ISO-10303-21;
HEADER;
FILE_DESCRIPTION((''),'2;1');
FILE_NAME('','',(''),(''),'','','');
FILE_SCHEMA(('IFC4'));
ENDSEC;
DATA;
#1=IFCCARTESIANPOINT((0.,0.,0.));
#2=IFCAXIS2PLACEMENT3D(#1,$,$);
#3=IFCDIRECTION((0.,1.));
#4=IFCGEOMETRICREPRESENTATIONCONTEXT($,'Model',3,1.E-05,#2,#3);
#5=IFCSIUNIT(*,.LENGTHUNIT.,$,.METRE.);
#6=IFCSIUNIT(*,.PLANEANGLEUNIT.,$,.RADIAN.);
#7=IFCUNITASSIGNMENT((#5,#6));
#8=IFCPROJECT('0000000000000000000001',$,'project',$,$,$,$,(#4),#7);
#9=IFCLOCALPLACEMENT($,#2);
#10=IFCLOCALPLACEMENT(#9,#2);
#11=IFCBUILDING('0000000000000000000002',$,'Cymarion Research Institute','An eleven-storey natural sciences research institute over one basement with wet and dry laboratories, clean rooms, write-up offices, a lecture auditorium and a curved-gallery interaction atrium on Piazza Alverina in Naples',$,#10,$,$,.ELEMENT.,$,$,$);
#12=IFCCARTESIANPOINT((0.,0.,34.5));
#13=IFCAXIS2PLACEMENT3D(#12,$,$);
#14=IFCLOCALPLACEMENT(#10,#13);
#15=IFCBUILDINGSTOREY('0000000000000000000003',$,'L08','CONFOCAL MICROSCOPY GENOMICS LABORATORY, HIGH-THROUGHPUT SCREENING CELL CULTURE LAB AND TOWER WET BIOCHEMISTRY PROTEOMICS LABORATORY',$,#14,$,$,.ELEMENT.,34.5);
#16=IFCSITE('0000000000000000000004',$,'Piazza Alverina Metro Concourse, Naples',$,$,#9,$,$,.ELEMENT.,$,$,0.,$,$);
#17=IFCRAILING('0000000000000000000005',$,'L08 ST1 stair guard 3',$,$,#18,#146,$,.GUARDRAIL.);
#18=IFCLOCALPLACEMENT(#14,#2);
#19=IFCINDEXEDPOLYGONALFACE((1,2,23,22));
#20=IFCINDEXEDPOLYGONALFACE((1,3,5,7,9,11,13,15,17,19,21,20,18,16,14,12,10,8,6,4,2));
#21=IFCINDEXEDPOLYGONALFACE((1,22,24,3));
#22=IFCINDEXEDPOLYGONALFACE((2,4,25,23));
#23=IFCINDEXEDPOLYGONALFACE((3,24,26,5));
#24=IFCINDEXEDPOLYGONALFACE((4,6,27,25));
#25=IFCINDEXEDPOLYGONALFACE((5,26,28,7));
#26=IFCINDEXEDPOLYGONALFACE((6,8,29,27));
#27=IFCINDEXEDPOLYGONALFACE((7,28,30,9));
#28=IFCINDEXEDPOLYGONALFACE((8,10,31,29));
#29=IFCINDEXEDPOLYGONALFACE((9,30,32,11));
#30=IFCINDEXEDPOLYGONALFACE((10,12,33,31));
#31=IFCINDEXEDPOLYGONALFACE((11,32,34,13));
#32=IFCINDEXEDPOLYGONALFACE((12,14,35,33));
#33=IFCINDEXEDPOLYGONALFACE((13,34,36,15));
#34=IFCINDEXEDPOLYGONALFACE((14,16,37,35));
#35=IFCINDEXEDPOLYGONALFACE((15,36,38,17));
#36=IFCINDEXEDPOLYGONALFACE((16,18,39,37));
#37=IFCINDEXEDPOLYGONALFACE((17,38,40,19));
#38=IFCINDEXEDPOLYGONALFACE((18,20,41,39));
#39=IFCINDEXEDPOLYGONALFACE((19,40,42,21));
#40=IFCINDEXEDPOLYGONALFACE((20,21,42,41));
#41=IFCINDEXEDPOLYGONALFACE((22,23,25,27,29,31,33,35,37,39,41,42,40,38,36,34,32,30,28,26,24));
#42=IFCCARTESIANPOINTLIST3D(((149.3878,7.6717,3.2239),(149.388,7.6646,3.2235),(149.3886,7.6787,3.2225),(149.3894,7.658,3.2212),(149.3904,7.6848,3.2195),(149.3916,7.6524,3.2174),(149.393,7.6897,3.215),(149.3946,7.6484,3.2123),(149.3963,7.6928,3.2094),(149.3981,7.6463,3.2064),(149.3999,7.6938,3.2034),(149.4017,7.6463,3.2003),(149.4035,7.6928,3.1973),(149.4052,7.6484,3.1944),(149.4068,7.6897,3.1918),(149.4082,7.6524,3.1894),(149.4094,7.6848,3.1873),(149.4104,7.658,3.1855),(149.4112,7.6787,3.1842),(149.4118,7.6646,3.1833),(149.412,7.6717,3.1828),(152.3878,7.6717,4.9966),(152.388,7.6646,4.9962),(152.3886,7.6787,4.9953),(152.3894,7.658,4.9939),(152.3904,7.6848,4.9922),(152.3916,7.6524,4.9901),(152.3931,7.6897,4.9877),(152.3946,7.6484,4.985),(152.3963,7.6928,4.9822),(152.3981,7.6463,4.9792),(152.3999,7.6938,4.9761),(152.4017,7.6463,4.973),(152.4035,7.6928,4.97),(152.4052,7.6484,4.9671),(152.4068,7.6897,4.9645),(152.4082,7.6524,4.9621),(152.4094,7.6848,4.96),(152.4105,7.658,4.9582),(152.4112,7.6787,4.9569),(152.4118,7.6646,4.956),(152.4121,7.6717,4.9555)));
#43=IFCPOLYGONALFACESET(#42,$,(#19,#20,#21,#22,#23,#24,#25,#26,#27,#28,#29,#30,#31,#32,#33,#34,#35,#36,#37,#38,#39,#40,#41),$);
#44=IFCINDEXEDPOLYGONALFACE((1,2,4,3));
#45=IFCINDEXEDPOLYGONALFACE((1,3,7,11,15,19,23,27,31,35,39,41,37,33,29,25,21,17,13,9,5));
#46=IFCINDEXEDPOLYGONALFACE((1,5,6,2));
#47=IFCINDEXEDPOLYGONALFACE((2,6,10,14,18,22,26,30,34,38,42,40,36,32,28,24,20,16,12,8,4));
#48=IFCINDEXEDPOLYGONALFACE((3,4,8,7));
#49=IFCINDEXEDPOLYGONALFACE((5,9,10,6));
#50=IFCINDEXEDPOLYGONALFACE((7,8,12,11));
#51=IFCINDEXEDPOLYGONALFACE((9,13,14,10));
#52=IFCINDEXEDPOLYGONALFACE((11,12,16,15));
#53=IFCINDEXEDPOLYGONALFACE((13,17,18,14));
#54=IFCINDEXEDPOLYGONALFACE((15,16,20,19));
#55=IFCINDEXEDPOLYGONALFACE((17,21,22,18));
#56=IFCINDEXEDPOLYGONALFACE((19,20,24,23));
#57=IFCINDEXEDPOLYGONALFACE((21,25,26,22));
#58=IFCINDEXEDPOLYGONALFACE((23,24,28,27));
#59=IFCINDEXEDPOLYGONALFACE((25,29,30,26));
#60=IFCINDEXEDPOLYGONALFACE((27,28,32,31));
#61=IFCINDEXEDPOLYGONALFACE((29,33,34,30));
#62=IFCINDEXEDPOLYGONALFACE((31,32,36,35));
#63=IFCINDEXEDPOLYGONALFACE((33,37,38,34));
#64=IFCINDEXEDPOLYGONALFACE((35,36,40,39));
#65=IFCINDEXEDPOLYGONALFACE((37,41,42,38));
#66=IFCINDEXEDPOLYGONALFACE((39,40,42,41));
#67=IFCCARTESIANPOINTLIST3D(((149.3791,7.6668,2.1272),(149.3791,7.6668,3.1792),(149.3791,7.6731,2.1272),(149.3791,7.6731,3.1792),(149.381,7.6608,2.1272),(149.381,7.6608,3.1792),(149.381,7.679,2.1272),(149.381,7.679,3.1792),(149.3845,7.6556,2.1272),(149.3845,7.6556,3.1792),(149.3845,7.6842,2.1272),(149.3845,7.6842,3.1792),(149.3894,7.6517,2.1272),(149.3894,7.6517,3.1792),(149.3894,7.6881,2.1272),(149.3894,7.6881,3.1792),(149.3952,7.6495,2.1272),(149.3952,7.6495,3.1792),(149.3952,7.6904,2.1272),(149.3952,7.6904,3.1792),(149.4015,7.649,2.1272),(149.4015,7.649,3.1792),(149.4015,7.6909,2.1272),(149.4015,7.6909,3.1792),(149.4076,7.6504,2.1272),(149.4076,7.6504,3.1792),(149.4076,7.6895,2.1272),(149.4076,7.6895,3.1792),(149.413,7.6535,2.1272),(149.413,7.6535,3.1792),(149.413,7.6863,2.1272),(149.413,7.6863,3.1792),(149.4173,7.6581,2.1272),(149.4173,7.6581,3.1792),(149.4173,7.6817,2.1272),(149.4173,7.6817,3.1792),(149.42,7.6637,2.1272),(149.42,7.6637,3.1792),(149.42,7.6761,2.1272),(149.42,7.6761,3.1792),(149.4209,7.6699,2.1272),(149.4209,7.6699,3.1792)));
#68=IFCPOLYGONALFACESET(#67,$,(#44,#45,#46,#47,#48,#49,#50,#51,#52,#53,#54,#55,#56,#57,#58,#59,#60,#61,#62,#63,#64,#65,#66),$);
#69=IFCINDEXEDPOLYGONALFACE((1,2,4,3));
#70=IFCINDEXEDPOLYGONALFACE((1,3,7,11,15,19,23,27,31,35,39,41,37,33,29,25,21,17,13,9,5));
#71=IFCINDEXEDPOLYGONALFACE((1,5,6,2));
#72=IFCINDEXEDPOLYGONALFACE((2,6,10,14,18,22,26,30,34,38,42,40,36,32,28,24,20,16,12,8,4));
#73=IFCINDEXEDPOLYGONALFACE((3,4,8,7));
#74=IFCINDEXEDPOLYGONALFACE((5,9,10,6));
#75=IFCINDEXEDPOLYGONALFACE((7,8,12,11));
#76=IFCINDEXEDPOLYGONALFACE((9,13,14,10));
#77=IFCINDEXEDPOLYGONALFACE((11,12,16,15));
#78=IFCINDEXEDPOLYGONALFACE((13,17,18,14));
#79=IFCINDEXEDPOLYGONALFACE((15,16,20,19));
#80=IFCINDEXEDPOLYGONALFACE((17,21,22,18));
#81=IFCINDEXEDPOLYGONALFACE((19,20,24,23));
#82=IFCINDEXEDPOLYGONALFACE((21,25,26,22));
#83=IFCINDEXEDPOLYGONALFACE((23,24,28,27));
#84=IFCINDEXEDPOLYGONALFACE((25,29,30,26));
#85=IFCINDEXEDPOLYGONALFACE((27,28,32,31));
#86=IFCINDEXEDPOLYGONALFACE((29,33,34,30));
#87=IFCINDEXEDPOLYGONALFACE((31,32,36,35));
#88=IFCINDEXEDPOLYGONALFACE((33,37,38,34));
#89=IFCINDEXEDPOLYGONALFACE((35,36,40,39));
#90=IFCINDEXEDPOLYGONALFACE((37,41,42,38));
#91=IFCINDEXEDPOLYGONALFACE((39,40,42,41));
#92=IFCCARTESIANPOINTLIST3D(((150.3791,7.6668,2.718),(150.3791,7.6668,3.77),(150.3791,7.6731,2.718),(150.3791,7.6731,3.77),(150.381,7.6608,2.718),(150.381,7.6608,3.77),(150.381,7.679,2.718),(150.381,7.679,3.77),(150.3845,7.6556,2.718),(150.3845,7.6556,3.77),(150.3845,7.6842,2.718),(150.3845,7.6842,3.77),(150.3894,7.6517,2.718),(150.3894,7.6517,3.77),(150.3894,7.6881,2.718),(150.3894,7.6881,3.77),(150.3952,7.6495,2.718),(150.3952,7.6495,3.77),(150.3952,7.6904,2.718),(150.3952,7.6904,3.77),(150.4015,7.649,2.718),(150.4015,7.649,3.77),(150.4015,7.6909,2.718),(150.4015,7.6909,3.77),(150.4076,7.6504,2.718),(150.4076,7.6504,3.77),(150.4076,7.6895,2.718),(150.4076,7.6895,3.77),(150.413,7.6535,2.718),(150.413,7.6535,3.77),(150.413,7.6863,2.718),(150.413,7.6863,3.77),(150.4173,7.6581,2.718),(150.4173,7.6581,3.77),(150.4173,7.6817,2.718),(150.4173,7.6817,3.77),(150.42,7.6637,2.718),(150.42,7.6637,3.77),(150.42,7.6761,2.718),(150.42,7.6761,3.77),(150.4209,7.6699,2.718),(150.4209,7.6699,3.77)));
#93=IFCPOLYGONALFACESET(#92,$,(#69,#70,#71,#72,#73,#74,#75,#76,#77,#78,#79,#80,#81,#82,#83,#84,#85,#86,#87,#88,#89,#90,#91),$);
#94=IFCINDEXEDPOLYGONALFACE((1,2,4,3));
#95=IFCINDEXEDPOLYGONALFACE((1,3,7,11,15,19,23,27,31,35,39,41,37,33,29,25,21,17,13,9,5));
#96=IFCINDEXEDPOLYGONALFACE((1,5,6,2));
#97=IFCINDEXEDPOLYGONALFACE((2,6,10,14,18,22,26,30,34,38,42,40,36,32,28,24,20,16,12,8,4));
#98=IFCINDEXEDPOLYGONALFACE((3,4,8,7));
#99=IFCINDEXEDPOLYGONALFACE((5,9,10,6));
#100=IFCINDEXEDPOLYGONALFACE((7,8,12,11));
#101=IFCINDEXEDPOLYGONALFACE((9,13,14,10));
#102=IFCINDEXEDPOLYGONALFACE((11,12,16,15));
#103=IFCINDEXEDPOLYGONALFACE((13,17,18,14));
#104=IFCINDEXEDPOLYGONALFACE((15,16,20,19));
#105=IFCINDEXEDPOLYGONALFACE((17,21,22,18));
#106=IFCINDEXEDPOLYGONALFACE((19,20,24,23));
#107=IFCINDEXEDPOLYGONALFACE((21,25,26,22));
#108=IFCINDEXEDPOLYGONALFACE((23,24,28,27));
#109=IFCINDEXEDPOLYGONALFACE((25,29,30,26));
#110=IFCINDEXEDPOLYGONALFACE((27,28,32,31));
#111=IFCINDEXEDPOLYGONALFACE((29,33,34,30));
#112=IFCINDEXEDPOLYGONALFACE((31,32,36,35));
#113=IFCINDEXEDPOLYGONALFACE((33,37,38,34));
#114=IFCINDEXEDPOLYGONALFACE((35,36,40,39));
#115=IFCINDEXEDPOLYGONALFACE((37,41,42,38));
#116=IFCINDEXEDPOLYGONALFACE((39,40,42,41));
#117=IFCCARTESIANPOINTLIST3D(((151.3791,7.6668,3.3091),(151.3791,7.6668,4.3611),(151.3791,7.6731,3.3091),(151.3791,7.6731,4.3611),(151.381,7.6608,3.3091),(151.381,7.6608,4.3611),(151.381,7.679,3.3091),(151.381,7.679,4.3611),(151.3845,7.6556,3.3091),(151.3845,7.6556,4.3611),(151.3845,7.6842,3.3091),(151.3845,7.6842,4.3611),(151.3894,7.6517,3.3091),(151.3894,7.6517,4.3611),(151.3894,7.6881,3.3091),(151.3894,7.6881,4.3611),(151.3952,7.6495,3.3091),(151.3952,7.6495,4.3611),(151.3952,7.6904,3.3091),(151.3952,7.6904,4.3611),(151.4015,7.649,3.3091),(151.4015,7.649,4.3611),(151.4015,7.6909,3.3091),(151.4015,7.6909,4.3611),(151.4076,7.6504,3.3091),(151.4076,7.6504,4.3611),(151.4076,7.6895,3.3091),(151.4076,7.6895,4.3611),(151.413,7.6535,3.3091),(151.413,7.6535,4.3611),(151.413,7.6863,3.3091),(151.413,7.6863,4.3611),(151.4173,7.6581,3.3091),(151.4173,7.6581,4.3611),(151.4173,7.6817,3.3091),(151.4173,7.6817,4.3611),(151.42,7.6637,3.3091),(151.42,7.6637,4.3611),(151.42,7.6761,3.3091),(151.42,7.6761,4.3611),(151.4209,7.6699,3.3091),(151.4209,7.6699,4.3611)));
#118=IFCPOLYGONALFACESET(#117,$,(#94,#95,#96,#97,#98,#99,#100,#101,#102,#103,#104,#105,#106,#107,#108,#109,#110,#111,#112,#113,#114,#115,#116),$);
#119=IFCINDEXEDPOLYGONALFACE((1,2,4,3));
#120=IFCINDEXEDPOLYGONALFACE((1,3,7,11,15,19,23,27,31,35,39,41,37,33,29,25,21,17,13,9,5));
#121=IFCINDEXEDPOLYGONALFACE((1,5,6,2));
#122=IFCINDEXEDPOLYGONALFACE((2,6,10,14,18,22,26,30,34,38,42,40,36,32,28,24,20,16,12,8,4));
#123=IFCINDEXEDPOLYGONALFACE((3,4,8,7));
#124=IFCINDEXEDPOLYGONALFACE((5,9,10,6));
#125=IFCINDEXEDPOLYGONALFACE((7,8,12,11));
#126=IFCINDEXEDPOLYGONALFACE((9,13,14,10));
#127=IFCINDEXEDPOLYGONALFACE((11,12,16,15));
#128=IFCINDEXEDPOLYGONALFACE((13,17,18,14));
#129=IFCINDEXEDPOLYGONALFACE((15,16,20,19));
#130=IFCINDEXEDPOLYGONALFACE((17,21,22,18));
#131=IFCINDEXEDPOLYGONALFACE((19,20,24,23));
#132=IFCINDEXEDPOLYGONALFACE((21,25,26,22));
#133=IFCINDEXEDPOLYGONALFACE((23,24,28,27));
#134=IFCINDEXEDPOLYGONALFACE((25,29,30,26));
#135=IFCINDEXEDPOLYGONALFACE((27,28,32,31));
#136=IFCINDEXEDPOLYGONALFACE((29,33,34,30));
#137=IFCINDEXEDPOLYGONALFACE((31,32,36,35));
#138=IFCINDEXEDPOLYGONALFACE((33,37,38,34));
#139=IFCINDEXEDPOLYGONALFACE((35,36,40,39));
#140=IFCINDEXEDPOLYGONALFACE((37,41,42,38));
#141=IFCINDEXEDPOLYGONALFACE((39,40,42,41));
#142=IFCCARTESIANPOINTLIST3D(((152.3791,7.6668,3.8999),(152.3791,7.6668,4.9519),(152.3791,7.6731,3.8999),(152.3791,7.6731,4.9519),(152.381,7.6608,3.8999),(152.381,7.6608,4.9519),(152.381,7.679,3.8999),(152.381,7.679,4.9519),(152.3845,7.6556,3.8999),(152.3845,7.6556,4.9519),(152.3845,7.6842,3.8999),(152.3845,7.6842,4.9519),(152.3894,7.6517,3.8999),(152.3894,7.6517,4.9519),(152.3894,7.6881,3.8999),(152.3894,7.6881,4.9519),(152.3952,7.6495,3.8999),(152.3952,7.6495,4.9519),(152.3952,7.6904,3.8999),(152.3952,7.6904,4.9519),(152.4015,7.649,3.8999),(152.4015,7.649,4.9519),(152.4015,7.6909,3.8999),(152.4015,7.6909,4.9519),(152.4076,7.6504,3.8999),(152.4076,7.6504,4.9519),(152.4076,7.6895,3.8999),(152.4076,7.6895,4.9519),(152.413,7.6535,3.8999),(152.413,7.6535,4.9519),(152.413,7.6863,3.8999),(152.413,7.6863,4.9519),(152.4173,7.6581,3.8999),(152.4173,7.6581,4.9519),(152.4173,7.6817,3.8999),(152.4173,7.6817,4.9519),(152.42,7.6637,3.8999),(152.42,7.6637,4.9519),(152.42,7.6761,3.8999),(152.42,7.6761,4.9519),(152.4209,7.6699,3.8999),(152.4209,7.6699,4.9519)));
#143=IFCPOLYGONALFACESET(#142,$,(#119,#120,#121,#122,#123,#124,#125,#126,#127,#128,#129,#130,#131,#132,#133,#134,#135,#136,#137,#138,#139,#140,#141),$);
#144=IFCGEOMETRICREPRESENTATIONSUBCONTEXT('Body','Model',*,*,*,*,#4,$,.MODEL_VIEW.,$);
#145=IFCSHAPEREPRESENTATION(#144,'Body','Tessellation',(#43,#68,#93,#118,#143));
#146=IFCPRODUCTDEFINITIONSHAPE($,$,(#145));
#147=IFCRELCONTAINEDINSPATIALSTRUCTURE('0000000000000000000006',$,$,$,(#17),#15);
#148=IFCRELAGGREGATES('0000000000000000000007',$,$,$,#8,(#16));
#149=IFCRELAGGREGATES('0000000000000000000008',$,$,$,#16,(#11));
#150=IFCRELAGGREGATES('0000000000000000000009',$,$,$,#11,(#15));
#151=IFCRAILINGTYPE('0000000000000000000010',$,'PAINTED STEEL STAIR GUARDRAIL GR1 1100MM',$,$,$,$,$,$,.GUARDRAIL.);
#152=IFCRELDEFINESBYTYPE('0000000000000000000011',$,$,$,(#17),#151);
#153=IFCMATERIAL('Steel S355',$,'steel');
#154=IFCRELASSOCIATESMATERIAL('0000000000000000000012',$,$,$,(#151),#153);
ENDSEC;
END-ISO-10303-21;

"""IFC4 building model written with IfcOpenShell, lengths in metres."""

from ifc_helpers import new_model, si_unit, direction, frame, origin, origin_2d, place, context, subcontext, project, spatial, circle, extrude, material, type_object, element, save


model = new_model("IFC4")

# Units and contexts
model_context = context("Model", 3, precision=1e-05, world=origin(), true_north=direction((0.0, 1.0)))
body_context = subcontext(model_context, "Body", "Model", "MODEL_VIEW")
ifc_project = project(units=[si_unit("LENGTHUNIT", "METRE"), si_unit("PLANEANGLEUNIT", "RADIAN")], contexts=[model_context])

# Site, building, storey
site_placement = place(None, origin())
site = spatial("IfcSite", under=ifc_project, at=site_placement, Name="Piazza Alverina Metro Concourse, Naples", CompositionType="ELEMENT", RefElevation=0.0)
building_placement = place(site_placement, origin())
building = spatial("IfcBuilding", under=site, at=building_placement, Name="Cymarion Research Institute", Description="An eleven-storey natural sciences research institute over one basement with wet and dry laboratories, clean rooms, write-up offices, a lecture auditorium and a curved-gallery interaction atrium on Piazza Alverina in Naples", CompositionType="ELEMENT")
storey_placement = place(building_placement, frame((0.0, 0.0, 34.5)))
storey = spatial("IfcBuildingStorey", under=building, at=storey_placement, Name="L08", Description="CONFOCAL MICROSCOPY GENOMICS LABORATORY, HIGH-THROUGHPUT SCREENING CELL CULTURE LAB AND TOWER WET BIOCHEMISTRY PROTEOMICS LABORATORY", CompositionType="ELEMENT", Elevation=34.5)

# Railing
ifc_material_1 = material(Name="Steel S355", Category="steel")
railing_type_1 = type_object("IfcRailingType", Name="PAINTED STEEL STAIR GUARDRAIL GR1 1100MM", PredefinedType="GUARDRAIL", material=ifc_material_1)
railing_1_placement = place(storey_placement, frame((149.3999, 7.6699, 2.1272)))
element("IfcRailing", 1, at=railing_1_placement, inside=storey, type_object=railing_type_1, Name="L08 ST1 stair guard 3", PredefinedType="GUARDRAIL", context=body_context, shape_type="SweptSolid", body=[
    extrude(circle(Radius=0.0239, at=origin_2d()), frame((0.0, 0.0, 1.0762), z_axis=(0.860929, 0.0, 0.508725), x_axis=(0.0, 1.0, 0.0)), (0.0, 0.0, 1.0), 3.4846),
    extrude(circle(Radius=0.021, at=origin_2d()), origin(), (0.0, 0.0, 1.0), 1.052),
    extrude(circle(Radius=0.021, at=origin_2d()), frame((1.0, 0.0, 0.5908)), (0.0, 0.0, 1.0), 1.052),
    extrude(circle(Radius=0.021, at=origin_2d()), frame((2.0, 0.0, 1.1819)), (0.0, 0.0, 1.0), 1.052),
    extrude(circle(Radius=0.021, at=origin_2d()), frame((3.0, 0.0, 1.7727)), (0.0, 0.0, 1.0), 1.052),
])

save(model, "model.ifc")
